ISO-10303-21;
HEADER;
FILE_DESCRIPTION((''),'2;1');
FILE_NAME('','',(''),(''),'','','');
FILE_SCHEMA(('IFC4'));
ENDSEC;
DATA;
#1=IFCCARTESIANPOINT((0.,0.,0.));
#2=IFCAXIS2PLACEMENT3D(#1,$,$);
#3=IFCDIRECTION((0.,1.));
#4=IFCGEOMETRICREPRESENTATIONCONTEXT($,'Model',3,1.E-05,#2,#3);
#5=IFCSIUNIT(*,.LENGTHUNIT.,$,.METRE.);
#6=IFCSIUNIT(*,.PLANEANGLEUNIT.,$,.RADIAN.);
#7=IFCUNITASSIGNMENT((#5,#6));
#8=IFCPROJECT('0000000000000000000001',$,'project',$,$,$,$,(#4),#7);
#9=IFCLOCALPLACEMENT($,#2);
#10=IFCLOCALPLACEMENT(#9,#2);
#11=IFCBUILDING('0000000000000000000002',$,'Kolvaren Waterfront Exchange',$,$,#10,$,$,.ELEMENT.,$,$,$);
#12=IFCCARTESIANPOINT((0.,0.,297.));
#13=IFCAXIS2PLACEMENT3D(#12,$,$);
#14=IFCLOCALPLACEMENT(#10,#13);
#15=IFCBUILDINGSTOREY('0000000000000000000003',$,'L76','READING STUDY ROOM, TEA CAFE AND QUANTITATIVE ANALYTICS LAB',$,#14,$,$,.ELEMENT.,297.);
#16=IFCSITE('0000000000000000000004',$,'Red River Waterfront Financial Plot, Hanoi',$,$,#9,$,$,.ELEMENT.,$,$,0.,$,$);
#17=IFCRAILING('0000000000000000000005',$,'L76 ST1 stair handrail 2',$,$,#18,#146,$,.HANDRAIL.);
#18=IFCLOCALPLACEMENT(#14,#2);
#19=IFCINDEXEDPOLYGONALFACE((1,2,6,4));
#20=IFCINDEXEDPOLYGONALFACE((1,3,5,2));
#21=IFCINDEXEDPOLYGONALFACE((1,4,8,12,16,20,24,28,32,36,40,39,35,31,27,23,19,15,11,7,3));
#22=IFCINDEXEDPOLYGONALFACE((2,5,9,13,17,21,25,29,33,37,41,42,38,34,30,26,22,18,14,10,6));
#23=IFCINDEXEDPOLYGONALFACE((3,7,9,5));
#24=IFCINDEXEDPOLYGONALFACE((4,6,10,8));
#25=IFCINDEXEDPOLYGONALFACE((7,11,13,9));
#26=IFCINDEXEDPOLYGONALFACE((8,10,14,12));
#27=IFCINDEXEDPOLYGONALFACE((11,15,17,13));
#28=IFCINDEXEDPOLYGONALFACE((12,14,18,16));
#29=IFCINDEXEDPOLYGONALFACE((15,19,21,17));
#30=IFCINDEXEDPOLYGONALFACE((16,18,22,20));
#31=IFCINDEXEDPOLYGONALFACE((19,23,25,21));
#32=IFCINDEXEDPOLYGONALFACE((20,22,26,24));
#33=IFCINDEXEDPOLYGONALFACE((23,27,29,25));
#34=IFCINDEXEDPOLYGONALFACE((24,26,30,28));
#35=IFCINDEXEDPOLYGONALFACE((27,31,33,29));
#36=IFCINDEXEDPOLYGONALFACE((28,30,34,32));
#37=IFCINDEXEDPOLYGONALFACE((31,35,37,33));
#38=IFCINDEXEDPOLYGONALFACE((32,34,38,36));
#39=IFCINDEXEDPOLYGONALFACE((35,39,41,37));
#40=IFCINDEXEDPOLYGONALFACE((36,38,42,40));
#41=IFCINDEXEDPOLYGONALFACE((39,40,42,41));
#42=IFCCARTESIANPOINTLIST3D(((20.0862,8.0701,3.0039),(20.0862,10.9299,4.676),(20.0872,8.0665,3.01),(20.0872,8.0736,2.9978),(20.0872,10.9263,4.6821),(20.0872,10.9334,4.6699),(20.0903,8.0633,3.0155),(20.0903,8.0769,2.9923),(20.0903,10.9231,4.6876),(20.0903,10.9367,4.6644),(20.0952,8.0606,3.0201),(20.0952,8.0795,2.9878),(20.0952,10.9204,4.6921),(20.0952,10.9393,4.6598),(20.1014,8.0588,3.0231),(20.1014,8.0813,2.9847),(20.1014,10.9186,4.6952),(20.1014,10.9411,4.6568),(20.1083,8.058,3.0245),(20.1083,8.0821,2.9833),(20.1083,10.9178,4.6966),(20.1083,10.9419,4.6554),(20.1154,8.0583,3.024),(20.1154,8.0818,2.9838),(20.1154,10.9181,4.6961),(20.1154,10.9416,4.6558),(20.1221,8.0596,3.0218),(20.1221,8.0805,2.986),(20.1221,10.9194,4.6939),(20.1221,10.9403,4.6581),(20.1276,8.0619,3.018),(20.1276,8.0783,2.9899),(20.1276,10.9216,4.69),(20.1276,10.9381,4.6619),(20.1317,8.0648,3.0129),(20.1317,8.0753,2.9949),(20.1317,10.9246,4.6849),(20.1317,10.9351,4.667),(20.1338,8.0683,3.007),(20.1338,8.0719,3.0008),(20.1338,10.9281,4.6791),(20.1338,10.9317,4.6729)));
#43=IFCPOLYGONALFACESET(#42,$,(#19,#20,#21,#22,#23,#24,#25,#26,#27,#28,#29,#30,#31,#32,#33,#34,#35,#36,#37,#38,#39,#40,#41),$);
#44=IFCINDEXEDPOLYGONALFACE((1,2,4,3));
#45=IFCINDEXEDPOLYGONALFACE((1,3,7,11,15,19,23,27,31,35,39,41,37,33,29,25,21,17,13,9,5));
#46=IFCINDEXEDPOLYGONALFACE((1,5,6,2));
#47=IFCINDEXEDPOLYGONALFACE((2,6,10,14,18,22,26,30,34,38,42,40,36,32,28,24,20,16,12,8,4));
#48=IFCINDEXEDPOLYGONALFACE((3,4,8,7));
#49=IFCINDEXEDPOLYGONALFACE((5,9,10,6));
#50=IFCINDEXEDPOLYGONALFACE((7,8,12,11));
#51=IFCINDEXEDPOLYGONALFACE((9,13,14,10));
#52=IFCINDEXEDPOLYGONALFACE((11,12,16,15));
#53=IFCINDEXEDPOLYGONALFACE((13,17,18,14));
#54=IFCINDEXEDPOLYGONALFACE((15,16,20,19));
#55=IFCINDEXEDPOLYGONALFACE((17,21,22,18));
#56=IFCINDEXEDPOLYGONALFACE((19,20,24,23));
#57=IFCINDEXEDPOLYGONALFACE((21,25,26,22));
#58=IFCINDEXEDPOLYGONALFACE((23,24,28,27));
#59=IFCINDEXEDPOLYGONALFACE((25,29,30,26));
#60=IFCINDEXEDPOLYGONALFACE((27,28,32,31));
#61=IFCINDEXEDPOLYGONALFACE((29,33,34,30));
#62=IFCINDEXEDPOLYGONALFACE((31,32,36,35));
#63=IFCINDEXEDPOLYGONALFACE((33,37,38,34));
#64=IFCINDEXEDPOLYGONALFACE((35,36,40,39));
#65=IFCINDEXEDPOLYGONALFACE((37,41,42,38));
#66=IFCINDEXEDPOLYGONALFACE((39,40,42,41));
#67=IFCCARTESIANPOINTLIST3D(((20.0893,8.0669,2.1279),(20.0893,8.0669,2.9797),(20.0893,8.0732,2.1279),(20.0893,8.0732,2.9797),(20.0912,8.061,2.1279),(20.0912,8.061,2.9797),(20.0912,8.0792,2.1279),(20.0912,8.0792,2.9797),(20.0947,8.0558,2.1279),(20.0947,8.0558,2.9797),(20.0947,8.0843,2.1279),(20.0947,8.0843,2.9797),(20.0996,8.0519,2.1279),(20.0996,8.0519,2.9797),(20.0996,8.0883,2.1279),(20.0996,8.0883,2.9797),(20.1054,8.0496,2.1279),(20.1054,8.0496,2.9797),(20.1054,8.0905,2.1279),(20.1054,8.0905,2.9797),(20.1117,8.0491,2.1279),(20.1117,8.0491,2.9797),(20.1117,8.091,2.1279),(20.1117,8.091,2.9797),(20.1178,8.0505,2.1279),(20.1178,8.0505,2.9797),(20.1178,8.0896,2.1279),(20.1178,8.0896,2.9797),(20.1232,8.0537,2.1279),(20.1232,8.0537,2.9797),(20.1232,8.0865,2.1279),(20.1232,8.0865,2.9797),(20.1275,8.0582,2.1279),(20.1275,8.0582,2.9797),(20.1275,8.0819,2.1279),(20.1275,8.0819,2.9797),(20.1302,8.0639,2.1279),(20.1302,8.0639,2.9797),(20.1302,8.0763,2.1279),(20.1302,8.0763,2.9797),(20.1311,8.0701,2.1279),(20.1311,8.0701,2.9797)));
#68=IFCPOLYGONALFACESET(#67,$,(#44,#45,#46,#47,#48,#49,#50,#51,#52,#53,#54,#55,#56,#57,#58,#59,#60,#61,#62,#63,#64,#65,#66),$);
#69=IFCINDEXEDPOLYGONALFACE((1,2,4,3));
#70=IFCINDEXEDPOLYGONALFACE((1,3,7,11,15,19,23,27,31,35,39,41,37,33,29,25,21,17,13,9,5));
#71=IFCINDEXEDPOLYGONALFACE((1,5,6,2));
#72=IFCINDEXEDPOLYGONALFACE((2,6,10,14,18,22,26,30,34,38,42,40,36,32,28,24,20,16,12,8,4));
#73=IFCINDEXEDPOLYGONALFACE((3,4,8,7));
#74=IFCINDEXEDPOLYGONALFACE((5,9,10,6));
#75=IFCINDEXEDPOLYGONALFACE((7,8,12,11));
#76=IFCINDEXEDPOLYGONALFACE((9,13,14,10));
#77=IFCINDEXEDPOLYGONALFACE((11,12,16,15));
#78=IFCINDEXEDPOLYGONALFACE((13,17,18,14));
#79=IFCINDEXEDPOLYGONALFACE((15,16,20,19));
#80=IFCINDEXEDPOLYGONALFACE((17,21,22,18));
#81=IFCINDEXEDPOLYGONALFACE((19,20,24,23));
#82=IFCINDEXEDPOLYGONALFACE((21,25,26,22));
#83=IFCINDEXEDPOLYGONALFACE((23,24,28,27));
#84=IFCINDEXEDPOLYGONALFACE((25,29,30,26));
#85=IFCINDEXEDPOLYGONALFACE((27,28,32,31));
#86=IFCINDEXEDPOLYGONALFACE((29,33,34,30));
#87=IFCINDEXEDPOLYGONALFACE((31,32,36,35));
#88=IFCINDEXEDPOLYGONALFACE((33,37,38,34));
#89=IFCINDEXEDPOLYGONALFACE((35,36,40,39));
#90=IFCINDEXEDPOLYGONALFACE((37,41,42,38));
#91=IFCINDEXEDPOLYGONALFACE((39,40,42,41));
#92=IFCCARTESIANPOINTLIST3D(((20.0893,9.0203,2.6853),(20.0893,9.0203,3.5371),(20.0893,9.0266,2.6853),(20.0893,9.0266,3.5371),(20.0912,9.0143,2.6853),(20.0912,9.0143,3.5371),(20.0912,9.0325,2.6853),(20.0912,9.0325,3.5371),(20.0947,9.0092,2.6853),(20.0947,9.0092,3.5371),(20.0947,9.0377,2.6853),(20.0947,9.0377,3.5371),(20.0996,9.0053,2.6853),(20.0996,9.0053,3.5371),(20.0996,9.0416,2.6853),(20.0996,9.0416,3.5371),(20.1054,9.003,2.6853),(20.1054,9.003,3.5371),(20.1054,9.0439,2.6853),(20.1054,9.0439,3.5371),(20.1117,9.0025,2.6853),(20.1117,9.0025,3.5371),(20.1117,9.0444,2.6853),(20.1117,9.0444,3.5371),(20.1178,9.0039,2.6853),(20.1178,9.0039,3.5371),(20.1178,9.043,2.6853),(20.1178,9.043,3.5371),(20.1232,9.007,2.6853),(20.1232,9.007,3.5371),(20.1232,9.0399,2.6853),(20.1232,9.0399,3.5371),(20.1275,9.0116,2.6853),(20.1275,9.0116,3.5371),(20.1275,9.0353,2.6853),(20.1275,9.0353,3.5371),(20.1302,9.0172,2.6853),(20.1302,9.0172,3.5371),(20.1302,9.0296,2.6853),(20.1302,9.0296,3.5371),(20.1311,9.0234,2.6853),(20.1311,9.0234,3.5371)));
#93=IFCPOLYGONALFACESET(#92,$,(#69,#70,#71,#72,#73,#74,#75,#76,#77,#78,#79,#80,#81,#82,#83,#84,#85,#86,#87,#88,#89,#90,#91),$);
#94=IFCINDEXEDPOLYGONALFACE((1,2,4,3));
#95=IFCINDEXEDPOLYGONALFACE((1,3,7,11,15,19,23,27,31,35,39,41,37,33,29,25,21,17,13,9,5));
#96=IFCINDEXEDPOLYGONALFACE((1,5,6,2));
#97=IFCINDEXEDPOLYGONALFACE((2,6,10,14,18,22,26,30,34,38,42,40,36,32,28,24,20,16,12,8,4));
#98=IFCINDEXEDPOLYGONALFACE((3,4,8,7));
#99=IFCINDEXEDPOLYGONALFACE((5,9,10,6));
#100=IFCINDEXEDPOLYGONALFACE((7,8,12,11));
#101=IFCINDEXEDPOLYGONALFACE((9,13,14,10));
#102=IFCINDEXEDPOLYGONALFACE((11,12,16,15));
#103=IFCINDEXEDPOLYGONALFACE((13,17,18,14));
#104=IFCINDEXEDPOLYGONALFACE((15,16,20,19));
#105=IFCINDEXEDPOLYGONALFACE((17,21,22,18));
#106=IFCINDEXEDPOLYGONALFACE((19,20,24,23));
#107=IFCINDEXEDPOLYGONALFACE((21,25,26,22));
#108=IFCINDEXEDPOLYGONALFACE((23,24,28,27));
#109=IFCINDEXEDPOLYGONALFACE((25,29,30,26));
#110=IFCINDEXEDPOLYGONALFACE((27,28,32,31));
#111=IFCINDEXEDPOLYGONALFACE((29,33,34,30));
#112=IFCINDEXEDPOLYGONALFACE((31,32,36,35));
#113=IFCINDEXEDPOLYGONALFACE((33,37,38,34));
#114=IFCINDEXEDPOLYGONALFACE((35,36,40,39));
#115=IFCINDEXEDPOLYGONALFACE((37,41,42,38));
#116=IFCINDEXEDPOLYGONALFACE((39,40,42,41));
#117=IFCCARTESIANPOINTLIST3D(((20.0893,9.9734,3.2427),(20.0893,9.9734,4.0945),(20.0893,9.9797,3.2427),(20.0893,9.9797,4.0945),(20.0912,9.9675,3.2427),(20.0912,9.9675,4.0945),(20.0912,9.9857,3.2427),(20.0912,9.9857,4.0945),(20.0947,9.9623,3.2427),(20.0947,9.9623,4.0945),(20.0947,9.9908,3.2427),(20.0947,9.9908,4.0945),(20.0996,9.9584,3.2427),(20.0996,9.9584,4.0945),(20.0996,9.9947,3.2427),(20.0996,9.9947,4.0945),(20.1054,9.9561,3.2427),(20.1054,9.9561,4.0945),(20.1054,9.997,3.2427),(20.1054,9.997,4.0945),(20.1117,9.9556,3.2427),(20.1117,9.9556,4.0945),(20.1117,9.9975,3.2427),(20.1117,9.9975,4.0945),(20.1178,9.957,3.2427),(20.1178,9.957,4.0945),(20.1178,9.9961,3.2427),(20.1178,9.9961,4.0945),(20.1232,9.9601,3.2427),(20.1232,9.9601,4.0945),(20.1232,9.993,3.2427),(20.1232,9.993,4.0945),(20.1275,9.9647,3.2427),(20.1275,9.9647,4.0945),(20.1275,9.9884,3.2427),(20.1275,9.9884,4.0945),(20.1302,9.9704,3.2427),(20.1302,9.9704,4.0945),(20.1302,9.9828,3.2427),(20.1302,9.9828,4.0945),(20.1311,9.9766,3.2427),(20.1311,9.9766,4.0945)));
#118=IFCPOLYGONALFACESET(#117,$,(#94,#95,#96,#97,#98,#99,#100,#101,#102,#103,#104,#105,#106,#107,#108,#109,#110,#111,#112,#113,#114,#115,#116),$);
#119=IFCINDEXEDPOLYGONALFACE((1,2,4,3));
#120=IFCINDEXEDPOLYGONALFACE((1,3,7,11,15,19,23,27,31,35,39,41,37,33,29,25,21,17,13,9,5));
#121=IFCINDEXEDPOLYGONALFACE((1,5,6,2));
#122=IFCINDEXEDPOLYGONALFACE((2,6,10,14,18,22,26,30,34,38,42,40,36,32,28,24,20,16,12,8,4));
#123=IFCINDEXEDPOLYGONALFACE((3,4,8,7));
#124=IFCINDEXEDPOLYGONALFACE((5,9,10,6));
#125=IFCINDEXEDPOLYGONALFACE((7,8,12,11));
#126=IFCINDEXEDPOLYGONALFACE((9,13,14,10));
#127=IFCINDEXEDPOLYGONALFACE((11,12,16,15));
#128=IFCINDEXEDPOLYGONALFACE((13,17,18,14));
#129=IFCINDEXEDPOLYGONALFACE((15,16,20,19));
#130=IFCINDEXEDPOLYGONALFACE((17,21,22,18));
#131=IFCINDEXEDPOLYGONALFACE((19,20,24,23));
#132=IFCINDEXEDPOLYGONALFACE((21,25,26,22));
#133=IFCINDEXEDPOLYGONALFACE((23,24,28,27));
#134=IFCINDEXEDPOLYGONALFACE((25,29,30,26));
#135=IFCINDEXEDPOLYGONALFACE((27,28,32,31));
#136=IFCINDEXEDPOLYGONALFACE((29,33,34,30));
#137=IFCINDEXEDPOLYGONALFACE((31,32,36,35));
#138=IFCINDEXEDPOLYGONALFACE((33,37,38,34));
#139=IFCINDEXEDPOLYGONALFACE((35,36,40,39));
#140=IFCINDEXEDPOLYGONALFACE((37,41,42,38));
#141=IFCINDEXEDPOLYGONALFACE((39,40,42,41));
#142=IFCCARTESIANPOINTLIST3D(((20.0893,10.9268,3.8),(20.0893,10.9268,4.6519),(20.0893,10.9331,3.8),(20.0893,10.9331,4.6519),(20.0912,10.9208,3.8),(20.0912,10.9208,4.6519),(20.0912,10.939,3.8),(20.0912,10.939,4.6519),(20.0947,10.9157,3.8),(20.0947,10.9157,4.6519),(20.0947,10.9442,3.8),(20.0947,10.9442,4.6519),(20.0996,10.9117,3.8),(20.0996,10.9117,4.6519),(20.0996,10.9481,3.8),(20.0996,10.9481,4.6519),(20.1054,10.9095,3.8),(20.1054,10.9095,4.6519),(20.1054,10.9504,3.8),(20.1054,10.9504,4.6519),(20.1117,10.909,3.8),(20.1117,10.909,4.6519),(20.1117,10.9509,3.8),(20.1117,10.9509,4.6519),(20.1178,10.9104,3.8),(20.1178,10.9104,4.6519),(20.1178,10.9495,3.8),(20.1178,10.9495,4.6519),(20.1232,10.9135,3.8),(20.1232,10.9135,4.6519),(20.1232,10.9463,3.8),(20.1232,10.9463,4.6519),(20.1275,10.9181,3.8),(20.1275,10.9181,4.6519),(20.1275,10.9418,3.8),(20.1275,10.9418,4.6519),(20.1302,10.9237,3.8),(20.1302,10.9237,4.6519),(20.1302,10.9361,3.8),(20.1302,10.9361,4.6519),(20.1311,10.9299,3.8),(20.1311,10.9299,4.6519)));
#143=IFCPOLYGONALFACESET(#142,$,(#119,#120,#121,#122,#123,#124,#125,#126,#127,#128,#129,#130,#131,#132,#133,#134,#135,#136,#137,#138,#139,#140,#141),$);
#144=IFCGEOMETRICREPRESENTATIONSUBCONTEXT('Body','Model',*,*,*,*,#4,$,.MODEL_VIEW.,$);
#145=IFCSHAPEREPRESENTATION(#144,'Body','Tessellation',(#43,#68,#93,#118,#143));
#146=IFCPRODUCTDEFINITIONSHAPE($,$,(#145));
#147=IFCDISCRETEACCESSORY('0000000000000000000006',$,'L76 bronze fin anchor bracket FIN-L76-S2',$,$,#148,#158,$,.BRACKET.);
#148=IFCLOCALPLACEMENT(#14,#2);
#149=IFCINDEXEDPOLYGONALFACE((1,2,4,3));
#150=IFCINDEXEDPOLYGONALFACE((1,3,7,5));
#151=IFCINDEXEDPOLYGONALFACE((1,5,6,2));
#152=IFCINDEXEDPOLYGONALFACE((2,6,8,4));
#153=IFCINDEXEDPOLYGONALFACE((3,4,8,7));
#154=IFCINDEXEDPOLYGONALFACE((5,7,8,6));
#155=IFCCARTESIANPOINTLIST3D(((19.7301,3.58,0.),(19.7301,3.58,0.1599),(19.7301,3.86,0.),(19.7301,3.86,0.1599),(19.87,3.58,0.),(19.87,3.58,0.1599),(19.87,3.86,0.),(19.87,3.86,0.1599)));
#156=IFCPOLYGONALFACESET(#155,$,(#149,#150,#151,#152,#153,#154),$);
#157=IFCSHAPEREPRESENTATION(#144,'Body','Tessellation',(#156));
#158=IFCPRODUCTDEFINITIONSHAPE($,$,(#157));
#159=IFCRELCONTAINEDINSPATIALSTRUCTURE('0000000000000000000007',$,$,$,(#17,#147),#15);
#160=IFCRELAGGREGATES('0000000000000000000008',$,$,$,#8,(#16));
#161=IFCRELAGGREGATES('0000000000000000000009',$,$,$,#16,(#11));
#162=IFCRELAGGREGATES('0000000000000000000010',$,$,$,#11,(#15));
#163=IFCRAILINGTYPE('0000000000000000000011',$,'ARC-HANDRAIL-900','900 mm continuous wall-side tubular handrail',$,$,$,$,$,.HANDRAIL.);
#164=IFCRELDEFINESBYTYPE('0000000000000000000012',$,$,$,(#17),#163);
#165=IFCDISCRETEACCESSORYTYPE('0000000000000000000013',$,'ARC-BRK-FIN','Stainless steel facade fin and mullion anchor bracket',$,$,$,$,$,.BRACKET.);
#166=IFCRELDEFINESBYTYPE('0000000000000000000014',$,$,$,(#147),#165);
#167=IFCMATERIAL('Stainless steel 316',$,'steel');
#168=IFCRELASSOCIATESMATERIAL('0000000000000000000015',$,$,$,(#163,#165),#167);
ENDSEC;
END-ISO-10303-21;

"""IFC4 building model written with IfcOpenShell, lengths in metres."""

from ifc_helpers import new_model, si_unit, direction, frame, origin, origin_with_axes, origin_2d, place, context, subcontext, project, spatial, rectangle, circle, extrude, source, transform, mapped, material, type_object, element, save


model = new_model("IFC4")

# Units and contexts
model_context = context("Model", 3, precision=1e-05, world=origin(), true_north=direction((0.0, 1.0)))
body_context = subcontext(model_context, "Body", "Model", "MODEL_VIEW")
ifc_project = project(units=[si_unit("LENGTHUNIT", "METRE"), si_unit("PLANEANGLEUNIT", "RADIAN")], contexts=[model_context])

# Site, building, storey
site_placement = place(None, origin())
site = spatial("IfcSite", under=ifc_project, at=site_placement, Name="Red River Waterfront Financial Plot, Hanoi", CompositionType="ELEMENT", RefElevation=0.0)
building_placement = place(site_placement, origin())
building = spatial("IfcBuilding", under=site, at=building_placement, Name="Kolvaren Waterfront Exchange", CompositionType="ELEMENT")
storey_placement = place(building_placement, frame((0.0, 0.0, 297.0)))
storey = spatial("IfcBuildingStorey", under=building, at=storey_placement, Name="L76", Description="READING STUDY ROOM, TEA CAFE AND QUANTITATIVE ANALYTICS LAB", CompositionType="ELEMENT", Elevation=297.0)

# Railing
ifc_material_1 = material(Name="Stainless steel 316", Category="steel")
railing_type_1 = type_object("IfcRailingType", Name="ARC-HANDRAIL-900", Description="900 mm continuous wall-side tubular handrail", PredefinedType="HANDRAIL", material=ifc_material_1)
railing_1_placement = place(storey_placement, frame((20.1101, 8.0701, 2.1279)))
element("IfcRailing", 1, at=railing_1_placement, inside=storey, type_object=railing_type_1, Name="L76 ST1 stair handrail 2", PredefinedType="HANDRAIL", context=body_context, shape_type="SweptSolid", body=[
    extrude(circle(Radius=0.0239, at=origin_2d()), frame((0.0, 0.0, 0.876), z_axis=(0.0, 0.863271, 0.504741), x_axis=(-1.0, 0.0, 0.0)), (0.0, 0.0, 1.0), 3.3127),
    extrude(circle(Radius=0.021, at=origin_2d()), origin(), (0.0, 0.0, 1.0), 0.8518),
    extrude(circle(Radius=0.021, at=origin_2d()), frame((0.0, 0.9534, 0.5574)), (0.0, 0.0, 1.0), 0.8518),
    extrude(circle(Radius=0.021, at=origin_2d()), frame((0.0, 1.9065, 1.1147)), (0.0, 0.0, 1.0), 0.8518),
    extrude(circle(Radius=0.021, at=origin_2d()), frame((0.0, 2.8599, 1.6721)), (0.0, 0.0, 1.0), 0.8518),
])

# Discrete accessory
discrete_accessory_type = type_object("IfcDiscreteAccessoryType", Name="ARC-BRK-FIN", Description="Stainless steel facade fin and mullion anchor bracket", PredefinedType="BRACKET", material=ifc_material_1)
shared_shape_1 = source(origin_with_axes(), body_context, "Body", "SweptSolid", [
    extrude(rectangle(XDim=0.28, YDim=0.1399, at=origin_2d()), origin(), (0.0, 0.0, 1.0), 0.1599),
])
discrete_accessory_placement = place(storey_placement, frame((19.8, 3.72, 0.0), z_axis=(0.0, 0.0, 1.0), x_axis=(0.0, -1.0, 0.0)))
element("IfcDiscreteAccessory", 2, at=discrete_accessory_placement, inside=storey, type_object=discrete_accessory_type, Name="L76 bronze fin anchor bracket FIN-L76-S2", PredefinedType="BRACKET", context=body_context, shape_type="MappedRepresentation", body=[
    mapped(shared_shape_1, transform((0.0, 0.0, 0.0), x_axis=(1.0, 0.0, 0.0), y_axis=(0.0, 1.0, 0.0), z_axis=(0.0, 0.0, 1.0), scale=1.0)),
])

save(model, "model.ifc")
